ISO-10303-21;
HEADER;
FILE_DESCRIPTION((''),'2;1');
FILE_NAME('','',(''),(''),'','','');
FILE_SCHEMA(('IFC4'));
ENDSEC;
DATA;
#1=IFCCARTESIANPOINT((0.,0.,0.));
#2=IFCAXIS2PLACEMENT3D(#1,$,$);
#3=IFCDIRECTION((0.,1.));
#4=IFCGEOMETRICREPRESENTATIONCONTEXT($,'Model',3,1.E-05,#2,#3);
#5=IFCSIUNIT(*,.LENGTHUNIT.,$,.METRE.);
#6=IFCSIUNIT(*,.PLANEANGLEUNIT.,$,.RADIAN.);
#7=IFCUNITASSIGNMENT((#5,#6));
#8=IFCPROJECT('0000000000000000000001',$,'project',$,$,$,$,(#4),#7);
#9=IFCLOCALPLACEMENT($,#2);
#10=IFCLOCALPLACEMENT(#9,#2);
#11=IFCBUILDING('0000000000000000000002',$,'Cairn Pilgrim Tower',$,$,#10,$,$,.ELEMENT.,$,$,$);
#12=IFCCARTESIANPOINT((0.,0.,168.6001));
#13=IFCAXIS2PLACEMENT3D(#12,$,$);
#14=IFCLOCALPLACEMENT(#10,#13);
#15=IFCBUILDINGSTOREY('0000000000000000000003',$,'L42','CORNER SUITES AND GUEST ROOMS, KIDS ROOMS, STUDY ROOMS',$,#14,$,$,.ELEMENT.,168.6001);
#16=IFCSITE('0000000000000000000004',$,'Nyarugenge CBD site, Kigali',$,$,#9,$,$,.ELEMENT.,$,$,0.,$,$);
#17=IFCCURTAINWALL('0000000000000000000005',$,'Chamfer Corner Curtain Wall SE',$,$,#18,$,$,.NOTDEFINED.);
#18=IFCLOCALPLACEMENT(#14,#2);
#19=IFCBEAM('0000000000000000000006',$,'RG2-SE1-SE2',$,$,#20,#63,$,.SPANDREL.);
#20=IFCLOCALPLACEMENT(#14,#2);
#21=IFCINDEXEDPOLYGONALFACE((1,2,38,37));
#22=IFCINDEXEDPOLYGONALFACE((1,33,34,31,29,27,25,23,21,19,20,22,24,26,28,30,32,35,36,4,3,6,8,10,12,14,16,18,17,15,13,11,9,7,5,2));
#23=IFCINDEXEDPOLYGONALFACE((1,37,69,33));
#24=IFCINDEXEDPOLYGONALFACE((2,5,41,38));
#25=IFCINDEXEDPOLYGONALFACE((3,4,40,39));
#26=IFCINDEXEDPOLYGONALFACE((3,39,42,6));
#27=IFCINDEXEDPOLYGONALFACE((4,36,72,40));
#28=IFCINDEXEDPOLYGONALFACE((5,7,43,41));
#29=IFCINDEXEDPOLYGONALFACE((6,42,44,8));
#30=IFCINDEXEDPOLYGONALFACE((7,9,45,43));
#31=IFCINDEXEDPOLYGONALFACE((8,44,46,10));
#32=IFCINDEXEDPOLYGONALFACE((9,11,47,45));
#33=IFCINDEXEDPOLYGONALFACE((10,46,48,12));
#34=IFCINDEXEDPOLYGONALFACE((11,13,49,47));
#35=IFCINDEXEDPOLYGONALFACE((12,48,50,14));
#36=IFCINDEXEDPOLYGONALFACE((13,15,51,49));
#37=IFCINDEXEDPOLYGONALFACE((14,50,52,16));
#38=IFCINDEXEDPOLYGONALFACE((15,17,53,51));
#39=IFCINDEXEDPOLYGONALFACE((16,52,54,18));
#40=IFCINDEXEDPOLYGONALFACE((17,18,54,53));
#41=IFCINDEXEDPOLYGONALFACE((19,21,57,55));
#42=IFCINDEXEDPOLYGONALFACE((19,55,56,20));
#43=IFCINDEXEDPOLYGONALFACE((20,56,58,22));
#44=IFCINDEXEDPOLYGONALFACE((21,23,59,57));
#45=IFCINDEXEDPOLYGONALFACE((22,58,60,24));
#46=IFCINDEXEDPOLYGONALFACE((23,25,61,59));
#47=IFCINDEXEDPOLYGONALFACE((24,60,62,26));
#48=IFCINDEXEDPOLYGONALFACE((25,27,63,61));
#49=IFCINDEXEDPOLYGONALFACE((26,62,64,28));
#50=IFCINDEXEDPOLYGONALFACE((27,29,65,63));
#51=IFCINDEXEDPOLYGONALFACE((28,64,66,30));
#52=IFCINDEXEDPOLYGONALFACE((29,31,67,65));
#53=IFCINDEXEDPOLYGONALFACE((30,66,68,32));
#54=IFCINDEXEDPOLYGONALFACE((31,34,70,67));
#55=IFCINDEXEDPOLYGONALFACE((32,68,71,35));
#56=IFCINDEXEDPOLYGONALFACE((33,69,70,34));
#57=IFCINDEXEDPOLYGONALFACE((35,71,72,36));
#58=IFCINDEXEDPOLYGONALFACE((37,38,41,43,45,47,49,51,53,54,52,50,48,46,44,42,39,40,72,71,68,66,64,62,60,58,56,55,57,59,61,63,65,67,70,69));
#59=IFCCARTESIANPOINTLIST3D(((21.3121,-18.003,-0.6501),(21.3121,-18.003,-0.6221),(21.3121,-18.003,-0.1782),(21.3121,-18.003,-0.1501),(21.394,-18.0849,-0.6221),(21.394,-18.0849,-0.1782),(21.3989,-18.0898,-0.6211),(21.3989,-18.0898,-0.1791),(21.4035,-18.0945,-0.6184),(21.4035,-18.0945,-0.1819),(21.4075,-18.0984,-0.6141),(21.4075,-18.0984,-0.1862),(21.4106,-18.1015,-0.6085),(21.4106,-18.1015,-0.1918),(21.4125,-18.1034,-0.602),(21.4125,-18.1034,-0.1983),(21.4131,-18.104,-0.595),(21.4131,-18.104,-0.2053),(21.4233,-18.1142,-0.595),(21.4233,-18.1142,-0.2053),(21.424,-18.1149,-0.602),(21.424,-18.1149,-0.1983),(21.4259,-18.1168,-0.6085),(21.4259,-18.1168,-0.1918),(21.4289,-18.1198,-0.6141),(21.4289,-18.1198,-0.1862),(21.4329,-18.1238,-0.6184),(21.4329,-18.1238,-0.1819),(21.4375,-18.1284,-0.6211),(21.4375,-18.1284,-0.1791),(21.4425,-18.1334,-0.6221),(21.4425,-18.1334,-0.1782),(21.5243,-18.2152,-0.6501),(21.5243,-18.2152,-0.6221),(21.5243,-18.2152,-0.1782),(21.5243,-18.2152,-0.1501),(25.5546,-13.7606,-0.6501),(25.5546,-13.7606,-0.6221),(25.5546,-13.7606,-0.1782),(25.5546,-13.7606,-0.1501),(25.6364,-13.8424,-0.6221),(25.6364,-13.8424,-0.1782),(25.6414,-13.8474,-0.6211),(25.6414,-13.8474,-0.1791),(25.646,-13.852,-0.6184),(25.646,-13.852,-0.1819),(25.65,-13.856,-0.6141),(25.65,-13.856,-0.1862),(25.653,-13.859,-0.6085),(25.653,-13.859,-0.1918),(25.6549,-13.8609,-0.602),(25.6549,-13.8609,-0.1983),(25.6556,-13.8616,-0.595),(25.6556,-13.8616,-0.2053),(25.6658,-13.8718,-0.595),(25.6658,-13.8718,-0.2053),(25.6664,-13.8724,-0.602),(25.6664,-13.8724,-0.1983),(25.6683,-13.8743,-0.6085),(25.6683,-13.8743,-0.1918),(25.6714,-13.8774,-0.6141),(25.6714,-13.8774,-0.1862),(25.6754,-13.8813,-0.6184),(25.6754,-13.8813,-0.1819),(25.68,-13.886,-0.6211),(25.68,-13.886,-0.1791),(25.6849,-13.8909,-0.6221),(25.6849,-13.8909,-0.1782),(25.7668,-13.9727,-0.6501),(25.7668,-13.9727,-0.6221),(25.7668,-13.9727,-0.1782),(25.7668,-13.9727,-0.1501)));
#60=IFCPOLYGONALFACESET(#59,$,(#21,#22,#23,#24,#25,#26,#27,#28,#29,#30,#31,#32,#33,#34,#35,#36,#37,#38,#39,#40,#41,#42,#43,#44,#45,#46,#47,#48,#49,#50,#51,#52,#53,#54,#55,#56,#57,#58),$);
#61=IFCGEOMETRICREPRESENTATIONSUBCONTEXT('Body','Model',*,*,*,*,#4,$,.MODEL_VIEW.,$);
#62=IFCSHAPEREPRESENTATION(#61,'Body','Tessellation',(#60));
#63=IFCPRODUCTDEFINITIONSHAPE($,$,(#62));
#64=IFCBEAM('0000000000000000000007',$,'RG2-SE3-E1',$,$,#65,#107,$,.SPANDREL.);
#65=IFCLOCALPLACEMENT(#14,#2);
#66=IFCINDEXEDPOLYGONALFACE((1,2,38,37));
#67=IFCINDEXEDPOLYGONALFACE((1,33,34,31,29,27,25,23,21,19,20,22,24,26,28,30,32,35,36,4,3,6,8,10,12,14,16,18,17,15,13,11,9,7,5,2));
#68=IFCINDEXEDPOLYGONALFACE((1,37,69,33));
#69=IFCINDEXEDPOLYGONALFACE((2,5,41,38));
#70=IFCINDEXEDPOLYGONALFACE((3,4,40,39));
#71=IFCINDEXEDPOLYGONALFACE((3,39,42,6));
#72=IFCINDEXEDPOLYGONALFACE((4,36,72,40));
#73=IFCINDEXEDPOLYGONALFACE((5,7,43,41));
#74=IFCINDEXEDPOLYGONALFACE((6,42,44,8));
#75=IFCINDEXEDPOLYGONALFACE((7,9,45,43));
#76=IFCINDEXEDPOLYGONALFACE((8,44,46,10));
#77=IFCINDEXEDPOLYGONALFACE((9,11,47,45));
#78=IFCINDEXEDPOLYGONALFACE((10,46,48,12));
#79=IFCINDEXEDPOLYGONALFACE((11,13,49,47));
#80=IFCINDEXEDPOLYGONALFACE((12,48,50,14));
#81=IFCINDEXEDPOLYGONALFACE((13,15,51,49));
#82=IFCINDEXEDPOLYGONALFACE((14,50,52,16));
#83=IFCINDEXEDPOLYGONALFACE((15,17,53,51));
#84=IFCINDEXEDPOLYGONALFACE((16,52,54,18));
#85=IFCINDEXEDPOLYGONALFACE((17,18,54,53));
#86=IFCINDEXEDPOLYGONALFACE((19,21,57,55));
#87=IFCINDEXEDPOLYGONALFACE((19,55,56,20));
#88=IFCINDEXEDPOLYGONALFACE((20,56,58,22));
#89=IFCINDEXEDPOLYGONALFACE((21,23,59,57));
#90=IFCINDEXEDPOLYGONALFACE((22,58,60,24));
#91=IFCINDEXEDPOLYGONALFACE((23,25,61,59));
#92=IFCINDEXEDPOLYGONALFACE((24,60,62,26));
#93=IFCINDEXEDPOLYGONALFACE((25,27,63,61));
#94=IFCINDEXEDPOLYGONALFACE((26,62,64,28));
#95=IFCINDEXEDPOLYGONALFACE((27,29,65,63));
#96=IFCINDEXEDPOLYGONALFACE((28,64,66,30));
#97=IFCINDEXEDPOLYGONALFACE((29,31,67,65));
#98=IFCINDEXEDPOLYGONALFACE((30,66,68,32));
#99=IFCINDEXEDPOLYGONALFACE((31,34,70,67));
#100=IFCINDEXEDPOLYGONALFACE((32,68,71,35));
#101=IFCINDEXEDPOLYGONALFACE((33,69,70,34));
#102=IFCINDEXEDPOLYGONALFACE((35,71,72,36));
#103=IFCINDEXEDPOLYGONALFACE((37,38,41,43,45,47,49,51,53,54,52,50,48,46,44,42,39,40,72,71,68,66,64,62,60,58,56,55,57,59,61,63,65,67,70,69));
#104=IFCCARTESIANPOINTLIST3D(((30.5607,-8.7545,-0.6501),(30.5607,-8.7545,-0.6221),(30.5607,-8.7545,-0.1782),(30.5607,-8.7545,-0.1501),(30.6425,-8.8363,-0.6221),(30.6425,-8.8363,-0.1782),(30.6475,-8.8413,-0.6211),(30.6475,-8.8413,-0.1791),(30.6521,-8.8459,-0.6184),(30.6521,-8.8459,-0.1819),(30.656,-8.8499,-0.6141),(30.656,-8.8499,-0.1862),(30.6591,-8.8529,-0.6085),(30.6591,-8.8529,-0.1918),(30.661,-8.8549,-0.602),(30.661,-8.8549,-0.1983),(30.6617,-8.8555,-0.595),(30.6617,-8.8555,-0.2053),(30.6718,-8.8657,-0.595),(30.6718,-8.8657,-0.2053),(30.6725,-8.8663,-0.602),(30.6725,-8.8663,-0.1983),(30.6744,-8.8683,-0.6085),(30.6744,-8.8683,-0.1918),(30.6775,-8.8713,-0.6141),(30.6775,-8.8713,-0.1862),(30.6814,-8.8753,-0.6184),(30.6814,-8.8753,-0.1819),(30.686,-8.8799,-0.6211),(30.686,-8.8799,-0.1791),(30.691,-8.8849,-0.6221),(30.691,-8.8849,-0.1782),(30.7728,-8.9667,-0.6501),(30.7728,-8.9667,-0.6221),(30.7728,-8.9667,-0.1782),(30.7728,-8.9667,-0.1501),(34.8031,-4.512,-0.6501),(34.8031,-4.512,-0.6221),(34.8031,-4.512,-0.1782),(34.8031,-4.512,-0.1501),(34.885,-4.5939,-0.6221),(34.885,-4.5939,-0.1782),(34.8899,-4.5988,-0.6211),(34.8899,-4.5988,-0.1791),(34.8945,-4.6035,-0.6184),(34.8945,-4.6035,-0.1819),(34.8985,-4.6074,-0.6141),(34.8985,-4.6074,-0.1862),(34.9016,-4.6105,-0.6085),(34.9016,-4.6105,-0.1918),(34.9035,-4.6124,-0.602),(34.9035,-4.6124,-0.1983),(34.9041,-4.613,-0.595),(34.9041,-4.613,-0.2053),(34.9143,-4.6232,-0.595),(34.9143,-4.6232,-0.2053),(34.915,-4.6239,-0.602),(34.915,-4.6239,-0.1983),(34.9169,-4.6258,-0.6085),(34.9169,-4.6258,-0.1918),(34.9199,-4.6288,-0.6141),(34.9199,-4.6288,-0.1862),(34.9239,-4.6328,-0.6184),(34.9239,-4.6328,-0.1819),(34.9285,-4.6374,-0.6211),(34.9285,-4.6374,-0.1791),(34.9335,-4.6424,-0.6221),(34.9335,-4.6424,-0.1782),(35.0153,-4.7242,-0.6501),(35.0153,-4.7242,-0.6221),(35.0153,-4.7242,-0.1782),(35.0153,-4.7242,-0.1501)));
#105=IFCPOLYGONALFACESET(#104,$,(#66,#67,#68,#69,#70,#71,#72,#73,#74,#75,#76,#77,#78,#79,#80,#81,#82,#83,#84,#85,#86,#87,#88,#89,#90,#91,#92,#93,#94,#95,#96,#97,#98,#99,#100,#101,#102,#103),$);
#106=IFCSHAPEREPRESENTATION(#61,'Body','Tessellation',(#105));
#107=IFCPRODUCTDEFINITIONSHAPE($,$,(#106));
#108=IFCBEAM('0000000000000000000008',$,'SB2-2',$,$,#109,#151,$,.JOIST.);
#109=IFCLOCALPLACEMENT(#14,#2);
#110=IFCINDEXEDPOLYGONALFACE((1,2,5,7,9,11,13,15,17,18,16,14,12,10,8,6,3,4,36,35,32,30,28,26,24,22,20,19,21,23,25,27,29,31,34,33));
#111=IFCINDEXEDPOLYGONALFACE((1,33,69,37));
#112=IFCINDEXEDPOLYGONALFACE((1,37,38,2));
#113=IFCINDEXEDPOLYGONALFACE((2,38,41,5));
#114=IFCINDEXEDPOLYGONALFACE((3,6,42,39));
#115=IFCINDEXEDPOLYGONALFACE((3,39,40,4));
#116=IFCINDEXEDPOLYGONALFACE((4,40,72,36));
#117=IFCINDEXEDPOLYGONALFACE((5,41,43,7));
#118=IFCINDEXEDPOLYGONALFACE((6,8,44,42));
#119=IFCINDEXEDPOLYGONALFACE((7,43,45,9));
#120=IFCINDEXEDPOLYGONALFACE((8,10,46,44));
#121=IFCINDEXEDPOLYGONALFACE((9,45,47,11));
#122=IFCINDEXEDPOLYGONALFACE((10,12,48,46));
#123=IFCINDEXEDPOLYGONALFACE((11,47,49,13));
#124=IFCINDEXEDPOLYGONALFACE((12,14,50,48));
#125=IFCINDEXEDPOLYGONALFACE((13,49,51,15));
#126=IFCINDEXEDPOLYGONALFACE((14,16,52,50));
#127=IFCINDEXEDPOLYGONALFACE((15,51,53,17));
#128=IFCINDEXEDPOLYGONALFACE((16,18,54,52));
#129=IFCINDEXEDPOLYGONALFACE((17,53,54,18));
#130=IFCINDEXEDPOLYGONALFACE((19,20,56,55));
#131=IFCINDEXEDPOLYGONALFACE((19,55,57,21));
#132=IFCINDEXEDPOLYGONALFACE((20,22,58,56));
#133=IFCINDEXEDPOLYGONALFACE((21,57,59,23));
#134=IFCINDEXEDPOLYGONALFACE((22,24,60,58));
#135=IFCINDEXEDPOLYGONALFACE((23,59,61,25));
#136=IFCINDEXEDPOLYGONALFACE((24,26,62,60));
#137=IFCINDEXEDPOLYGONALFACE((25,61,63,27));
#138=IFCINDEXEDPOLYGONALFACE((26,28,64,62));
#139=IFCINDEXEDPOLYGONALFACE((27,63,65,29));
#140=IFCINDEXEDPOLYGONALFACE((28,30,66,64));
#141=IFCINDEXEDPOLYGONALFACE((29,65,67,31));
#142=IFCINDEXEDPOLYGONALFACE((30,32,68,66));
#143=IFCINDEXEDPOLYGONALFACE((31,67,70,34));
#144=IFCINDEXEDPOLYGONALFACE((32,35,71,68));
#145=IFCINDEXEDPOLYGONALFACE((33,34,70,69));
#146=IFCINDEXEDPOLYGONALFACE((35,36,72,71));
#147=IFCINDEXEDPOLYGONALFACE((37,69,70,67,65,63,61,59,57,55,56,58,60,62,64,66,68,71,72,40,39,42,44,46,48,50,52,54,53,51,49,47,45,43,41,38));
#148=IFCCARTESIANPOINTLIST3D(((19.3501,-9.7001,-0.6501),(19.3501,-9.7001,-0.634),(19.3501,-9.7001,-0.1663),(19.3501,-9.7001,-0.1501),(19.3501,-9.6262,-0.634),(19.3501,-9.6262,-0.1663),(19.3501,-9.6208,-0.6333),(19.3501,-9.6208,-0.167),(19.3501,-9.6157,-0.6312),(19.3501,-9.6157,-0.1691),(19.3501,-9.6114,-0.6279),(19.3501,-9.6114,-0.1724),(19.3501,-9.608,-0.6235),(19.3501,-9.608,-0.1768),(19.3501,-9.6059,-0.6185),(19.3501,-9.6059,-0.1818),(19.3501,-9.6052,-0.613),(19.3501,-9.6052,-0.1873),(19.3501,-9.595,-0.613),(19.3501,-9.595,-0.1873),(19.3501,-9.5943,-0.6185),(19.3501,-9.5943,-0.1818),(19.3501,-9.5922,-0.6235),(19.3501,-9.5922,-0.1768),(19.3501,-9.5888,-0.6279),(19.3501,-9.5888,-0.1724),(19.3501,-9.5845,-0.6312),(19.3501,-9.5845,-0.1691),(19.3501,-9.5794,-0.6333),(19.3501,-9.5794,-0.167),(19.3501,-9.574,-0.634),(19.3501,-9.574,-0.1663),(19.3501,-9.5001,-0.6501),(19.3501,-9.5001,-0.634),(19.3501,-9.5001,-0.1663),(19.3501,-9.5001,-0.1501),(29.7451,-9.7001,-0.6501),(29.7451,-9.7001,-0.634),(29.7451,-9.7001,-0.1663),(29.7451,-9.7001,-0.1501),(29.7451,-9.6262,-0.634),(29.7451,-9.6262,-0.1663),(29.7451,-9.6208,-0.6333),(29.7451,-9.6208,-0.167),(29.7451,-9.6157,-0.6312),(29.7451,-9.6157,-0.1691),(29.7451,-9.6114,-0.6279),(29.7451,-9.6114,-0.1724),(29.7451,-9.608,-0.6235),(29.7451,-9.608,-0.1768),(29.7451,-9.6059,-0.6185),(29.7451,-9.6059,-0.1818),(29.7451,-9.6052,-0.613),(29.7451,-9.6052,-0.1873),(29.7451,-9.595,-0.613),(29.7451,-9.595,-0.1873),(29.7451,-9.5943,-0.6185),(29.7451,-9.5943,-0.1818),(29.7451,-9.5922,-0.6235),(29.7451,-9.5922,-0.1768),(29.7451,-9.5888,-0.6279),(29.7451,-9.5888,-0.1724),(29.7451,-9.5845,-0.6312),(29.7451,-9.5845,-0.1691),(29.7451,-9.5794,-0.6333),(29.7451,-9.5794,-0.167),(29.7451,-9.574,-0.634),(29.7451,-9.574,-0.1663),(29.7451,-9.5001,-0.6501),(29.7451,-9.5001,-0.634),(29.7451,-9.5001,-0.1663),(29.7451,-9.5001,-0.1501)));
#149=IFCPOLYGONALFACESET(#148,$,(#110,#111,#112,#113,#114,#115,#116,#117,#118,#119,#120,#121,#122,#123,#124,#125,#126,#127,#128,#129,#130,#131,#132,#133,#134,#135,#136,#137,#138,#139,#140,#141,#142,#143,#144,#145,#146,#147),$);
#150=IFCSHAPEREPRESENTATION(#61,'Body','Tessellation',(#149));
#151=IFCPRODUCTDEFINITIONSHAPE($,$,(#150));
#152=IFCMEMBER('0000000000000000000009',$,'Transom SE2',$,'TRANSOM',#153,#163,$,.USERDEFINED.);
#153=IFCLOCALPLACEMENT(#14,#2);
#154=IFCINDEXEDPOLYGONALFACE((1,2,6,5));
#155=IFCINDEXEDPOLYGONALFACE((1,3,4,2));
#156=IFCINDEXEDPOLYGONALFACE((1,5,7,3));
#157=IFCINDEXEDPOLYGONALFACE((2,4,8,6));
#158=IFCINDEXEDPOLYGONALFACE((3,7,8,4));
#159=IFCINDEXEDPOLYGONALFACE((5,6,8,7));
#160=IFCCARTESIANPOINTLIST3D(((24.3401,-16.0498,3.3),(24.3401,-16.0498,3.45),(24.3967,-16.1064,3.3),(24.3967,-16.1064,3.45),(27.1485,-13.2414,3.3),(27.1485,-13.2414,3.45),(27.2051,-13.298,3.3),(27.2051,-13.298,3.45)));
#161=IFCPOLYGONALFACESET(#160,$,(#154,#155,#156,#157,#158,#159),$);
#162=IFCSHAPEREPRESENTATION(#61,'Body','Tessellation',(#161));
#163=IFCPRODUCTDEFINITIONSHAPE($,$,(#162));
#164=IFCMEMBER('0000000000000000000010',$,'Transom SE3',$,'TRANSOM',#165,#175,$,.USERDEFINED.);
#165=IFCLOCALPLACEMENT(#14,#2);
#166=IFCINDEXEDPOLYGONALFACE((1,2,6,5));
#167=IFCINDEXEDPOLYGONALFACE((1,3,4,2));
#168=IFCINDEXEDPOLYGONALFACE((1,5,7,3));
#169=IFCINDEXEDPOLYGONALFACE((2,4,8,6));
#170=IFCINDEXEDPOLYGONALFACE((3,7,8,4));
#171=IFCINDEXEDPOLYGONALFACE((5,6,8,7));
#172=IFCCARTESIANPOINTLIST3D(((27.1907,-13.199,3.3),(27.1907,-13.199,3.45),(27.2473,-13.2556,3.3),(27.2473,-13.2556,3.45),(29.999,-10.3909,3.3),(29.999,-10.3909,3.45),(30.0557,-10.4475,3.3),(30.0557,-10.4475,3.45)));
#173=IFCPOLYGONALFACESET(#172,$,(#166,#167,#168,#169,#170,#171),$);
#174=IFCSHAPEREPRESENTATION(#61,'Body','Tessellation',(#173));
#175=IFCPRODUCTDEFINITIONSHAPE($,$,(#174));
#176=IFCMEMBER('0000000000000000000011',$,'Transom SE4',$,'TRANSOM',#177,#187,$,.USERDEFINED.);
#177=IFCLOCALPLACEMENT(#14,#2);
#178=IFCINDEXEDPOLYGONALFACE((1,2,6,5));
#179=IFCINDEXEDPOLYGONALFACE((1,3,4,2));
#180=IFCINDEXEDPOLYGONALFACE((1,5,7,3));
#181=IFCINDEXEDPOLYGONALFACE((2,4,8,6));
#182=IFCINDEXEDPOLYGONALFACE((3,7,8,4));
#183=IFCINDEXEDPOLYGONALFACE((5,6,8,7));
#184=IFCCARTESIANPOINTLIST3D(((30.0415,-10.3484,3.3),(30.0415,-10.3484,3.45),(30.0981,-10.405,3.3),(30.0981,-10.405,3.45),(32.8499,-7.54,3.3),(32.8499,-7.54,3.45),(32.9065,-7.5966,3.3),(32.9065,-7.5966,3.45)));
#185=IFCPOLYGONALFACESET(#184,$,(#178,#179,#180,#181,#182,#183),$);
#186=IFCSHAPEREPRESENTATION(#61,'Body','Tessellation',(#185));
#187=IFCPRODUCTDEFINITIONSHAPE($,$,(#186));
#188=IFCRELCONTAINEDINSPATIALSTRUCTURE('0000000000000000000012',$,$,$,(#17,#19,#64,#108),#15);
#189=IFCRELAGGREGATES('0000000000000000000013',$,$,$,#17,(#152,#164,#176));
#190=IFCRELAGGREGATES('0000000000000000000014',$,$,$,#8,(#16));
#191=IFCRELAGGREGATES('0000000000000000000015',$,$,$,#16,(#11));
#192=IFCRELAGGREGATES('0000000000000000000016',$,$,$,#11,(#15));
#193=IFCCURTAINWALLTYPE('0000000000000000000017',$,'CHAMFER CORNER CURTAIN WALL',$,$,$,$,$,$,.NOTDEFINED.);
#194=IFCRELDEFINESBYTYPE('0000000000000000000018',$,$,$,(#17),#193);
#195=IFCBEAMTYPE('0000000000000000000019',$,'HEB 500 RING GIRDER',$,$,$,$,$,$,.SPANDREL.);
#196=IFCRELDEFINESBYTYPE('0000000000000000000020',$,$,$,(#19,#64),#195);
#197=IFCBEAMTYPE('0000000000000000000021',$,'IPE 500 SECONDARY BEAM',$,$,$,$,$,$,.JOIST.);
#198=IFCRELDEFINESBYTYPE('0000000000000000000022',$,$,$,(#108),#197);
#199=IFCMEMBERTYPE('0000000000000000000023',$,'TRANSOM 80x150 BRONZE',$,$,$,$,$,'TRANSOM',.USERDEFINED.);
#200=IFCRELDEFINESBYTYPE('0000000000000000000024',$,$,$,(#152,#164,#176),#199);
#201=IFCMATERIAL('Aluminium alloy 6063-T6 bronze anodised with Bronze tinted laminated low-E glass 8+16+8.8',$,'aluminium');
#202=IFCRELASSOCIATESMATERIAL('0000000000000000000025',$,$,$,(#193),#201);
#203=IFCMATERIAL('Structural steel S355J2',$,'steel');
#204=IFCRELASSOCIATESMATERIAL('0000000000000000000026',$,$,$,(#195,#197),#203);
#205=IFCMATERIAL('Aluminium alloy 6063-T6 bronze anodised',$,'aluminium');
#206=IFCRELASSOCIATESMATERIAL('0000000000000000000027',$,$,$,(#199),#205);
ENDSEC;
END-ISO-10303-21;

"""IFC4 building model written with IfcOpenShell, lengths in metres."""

from ifc_helpers import new_model, si_unit, direction, frame, origin, origin_2d, place, context, subcontext, project, spatial, rectangle, i_section, extrude, material, material_profile, profile_set, type_object, element, aggregate, save


model = new_model("IFC4")

# Units and contexts
model_context = context("Model", 3, precision=1e-05, world=origin(), true_north=direction((0.0, 1.0)))
body_context = subcontext(model_context, "Body", "Model", "MODEL_VIEW")
ifc_project = project(units=[si_unit("LENGTHUNIT", "METRE"), si_unit("PLANEANGLEUNIT", "RADIAN")], contexts=[model_context])

# Site, building, storey
site_placement = place(None, origin())
site = spatial("IfcSite", under=ifc_project, at=site_placement, Name="Nyarugenge CBD site, Kigali", CompositionType="ELEMENT", RefElevation=0.0)
building_placement = place(site_placement, origin())
building = spatial("IfcBuilding", under=site, at=building_placement, Name="Cairn Pilgrim Tower", CompositionType="ELEMENT")
storey_placement = place(building_placement, frame((0.0, 0.0, 168.6001)))
storey = spatial("IfcBuildingStorey", under=building, at=storey_placement, Name="L42", Description="CORNER SUITES AND GUEST ROOMS, KIDS ROOMS, STUDY ROOMS", CompositionType="ELEMENT", Elevation=168.6001)

# Shared definitions
ifc_material_1 = material(Name="Structural steel S355J2", Category="steel")

# Curtain wall
ifc_material_2 = material(Name="Aluminium alloy 6063-T6 bronze anodised with Bronze tinted laminated low-E glass 8+16+8.8", Category="aluminium")
curtain_wall_type = type_object("IfcCurtainWallType", Name="CHAMFER CORNER CURTAIN WALL", PredefinedType="NOTDEFINED", material=ifc_material_2)
curtain_wall_placement = place(storey_placement, origin())
curtain_wall = element("IfcCurtainWall", 1, at=curtain_wall_placement, inside=storey, type_object=curtain_wall_type, Name="Chamfer Corner Curtain Wall SE", PredefinedType="NOTDEFINED")
ifc_material_3 = material(Name="Aluminium alloy 6063-T6 bronze anodised", Category="aluminium")

# Beams
ifc_material_profile_1 = material_profile(ifc_material_1, i_section(OverallWidth=0.3, OverallDepth=0.5, WebThickness=0.0144, FlangeThickness=0.0281, FilletRadius=0.0271, at=origin_2d()), Name="HEB 500")
ifc_profile_set_1 = profile_set([ifc_material_profile_1], Name="Structural steel S355J2")
beam_type_1 = type_object("IfcBeamType", Name="HEB 500 RING GIRDER", PredefinedType="SPANDREL", material=ifc_profile_set_1)
for number, where, z_axis, x_axis, name in (
    (2, (21.4182, -18.1091, -0.4001), (0.707107, 0.707107, 0.0), (-0.707107, 0.707107, 0.0), "RG2-SE1-SE2"),
    (3, (30.6667, -8.8606, -0.4001), (0.707107, 0.707107, 0.0), (-0.707107, 0.707107, 0.0), "RG2-SE3-E1"),
):
    element("IfcBeam", number, at=place(storey_placement, frame(where, z_axis=z_axis, x_axis=x_axis)), inside=storey, type_object=beam_type_1, Name=name, PredefinedType="SPANDREL", context=body_context, shape_type="SweptSolid", body=[
        extrude(i_section(OverallWidth=0.3, OverallDepth=0.5, WebThickness=0.0144, FlangeThickness=0.0281, FilletRadius=0.0271, at=origin_2d()), origin(), (0.0, 0.0, 1.0), 5.9998),
    ])
ifc_material_profile_2 = material_profile(ifc_material_1, i_section(OverallWidth=0.2, OverallDepth=0.5, WebThickness=0.0103, FlangeThickness=0.0161, FilletRadius=0.021, at=origin_2d()), Name="IPE 500")
ifc_profile_set_2 = profile_set([ifc_material_profile_2], Name="Structural steel S355J2")
beam_type_2 = type_object("IfcBeamType", Name="IPE 500 SECONDARY BEAM", PredefinedType="JOIST", material=ifc_profile_set_2)
beam_placement = place(storey_placement, frame((19.3501, -9.6001, -0.4001), z_axis=(1.0, 0.0, 0.0), x_axis=(0.0, 1.0, 0.0)))
element("IfcBeam", 4, at=beam_placement, inside=storey, type_object=beam_type_2, Name="SB2-2", PredefinedType="JOIST", context=body_context, shape_type="SweptSolid", body=[
    extrude(i_section(OverallWidth=0.2, OverallDepth=0.5, WebThickness=0.0103, FlangeThickness=0.0161, FilletRadius=0.021, at=origin_2d()), origin(), (0.0, 0.0, 1.0), 10.395),
])

# Members
ifc_material_profile_3 = material_profile(ifc_material_3, rectangle(XDim=0.0801, YDim=0.1499, at=origin_2d()), Name="TRANSOM 80x150 BRONZE")
ifc_profile_set_3 = profile_set([ifc_material_profile_3], Name="Aluminium alloy 6063-T6 bronze anodised")
member_type_1 = type_object("IfcMemberType", Name="TRANSOM 80x150 BRONZE", ElementType="TRANSOM", PredefinedType="USERDEFINED", material=ifc_profile_set_3)
member_1_placement = place(storey_placement, frame((24.3684, -16.0781, 3.375), z_axis=(0.707107, 0.707107, 0.0), x_axis=(-0.707107, 0.707107, 0.0)))
member_1 = element("IfcMember", 5, at=member_1_placement, type_object=member_type_1, Name="Transom SE2", ObjectType="TRANSOM", PredefinedType="USERDEFINED", context=body_context, shape_type="SweptSolid", body=[
    extrude(rectangle(XDim=0.0801, YDim=0.1499, at=origin_2d()), origin(), (0.0, 0.0, 1.0), 3.9717),
])
member_2_placement = place(storey_placement, frame((27.219, -13.2273, 3.375), z_axis=(0.707138, 0.707076, 0.0), x_axis=(-0.707076, 0.707138, 0.0)))
member_2 = element("IfcMember", 6, at=member_2_placement, type_object=member_type_1, Name="Transom SE3", ObjectType="TRANSOM", PredefinedType="USERDEFINED", context=body_context, shape_type="SweptSolid", body=[
    extrude(rectangle(XDim=0.0801, YDim=0.1499, at=origin_2d()), origin(), (0.0, 0.0, 1.0), 3.9714),
])
member_3_placement = place(storey_placement, frame((30.0698, -10.3767, 3.375), z_axis=(0.707107, 0.707107, 0.0), x_axis=(-0.707107, 0.707107, 0.0)))
member_3 = element("IfcMember", 7, at=member_3_placement, type_object=member_type_1, Name="Transom SE4", ObjectType="TRANSOM", PredefinedType="USERDEFINED", context=body_context, shape_type="SweptSolid", body=[
    extrude(rectangle(XDim=0.0801, YDim=0.1499, at=origin_2d()), origin(), (0.0, 0.0, 1.0), 3.9717),
])

aggregate(curtain_wall, [member_1, member_2, member_3])

save(model, "model.ifc")
